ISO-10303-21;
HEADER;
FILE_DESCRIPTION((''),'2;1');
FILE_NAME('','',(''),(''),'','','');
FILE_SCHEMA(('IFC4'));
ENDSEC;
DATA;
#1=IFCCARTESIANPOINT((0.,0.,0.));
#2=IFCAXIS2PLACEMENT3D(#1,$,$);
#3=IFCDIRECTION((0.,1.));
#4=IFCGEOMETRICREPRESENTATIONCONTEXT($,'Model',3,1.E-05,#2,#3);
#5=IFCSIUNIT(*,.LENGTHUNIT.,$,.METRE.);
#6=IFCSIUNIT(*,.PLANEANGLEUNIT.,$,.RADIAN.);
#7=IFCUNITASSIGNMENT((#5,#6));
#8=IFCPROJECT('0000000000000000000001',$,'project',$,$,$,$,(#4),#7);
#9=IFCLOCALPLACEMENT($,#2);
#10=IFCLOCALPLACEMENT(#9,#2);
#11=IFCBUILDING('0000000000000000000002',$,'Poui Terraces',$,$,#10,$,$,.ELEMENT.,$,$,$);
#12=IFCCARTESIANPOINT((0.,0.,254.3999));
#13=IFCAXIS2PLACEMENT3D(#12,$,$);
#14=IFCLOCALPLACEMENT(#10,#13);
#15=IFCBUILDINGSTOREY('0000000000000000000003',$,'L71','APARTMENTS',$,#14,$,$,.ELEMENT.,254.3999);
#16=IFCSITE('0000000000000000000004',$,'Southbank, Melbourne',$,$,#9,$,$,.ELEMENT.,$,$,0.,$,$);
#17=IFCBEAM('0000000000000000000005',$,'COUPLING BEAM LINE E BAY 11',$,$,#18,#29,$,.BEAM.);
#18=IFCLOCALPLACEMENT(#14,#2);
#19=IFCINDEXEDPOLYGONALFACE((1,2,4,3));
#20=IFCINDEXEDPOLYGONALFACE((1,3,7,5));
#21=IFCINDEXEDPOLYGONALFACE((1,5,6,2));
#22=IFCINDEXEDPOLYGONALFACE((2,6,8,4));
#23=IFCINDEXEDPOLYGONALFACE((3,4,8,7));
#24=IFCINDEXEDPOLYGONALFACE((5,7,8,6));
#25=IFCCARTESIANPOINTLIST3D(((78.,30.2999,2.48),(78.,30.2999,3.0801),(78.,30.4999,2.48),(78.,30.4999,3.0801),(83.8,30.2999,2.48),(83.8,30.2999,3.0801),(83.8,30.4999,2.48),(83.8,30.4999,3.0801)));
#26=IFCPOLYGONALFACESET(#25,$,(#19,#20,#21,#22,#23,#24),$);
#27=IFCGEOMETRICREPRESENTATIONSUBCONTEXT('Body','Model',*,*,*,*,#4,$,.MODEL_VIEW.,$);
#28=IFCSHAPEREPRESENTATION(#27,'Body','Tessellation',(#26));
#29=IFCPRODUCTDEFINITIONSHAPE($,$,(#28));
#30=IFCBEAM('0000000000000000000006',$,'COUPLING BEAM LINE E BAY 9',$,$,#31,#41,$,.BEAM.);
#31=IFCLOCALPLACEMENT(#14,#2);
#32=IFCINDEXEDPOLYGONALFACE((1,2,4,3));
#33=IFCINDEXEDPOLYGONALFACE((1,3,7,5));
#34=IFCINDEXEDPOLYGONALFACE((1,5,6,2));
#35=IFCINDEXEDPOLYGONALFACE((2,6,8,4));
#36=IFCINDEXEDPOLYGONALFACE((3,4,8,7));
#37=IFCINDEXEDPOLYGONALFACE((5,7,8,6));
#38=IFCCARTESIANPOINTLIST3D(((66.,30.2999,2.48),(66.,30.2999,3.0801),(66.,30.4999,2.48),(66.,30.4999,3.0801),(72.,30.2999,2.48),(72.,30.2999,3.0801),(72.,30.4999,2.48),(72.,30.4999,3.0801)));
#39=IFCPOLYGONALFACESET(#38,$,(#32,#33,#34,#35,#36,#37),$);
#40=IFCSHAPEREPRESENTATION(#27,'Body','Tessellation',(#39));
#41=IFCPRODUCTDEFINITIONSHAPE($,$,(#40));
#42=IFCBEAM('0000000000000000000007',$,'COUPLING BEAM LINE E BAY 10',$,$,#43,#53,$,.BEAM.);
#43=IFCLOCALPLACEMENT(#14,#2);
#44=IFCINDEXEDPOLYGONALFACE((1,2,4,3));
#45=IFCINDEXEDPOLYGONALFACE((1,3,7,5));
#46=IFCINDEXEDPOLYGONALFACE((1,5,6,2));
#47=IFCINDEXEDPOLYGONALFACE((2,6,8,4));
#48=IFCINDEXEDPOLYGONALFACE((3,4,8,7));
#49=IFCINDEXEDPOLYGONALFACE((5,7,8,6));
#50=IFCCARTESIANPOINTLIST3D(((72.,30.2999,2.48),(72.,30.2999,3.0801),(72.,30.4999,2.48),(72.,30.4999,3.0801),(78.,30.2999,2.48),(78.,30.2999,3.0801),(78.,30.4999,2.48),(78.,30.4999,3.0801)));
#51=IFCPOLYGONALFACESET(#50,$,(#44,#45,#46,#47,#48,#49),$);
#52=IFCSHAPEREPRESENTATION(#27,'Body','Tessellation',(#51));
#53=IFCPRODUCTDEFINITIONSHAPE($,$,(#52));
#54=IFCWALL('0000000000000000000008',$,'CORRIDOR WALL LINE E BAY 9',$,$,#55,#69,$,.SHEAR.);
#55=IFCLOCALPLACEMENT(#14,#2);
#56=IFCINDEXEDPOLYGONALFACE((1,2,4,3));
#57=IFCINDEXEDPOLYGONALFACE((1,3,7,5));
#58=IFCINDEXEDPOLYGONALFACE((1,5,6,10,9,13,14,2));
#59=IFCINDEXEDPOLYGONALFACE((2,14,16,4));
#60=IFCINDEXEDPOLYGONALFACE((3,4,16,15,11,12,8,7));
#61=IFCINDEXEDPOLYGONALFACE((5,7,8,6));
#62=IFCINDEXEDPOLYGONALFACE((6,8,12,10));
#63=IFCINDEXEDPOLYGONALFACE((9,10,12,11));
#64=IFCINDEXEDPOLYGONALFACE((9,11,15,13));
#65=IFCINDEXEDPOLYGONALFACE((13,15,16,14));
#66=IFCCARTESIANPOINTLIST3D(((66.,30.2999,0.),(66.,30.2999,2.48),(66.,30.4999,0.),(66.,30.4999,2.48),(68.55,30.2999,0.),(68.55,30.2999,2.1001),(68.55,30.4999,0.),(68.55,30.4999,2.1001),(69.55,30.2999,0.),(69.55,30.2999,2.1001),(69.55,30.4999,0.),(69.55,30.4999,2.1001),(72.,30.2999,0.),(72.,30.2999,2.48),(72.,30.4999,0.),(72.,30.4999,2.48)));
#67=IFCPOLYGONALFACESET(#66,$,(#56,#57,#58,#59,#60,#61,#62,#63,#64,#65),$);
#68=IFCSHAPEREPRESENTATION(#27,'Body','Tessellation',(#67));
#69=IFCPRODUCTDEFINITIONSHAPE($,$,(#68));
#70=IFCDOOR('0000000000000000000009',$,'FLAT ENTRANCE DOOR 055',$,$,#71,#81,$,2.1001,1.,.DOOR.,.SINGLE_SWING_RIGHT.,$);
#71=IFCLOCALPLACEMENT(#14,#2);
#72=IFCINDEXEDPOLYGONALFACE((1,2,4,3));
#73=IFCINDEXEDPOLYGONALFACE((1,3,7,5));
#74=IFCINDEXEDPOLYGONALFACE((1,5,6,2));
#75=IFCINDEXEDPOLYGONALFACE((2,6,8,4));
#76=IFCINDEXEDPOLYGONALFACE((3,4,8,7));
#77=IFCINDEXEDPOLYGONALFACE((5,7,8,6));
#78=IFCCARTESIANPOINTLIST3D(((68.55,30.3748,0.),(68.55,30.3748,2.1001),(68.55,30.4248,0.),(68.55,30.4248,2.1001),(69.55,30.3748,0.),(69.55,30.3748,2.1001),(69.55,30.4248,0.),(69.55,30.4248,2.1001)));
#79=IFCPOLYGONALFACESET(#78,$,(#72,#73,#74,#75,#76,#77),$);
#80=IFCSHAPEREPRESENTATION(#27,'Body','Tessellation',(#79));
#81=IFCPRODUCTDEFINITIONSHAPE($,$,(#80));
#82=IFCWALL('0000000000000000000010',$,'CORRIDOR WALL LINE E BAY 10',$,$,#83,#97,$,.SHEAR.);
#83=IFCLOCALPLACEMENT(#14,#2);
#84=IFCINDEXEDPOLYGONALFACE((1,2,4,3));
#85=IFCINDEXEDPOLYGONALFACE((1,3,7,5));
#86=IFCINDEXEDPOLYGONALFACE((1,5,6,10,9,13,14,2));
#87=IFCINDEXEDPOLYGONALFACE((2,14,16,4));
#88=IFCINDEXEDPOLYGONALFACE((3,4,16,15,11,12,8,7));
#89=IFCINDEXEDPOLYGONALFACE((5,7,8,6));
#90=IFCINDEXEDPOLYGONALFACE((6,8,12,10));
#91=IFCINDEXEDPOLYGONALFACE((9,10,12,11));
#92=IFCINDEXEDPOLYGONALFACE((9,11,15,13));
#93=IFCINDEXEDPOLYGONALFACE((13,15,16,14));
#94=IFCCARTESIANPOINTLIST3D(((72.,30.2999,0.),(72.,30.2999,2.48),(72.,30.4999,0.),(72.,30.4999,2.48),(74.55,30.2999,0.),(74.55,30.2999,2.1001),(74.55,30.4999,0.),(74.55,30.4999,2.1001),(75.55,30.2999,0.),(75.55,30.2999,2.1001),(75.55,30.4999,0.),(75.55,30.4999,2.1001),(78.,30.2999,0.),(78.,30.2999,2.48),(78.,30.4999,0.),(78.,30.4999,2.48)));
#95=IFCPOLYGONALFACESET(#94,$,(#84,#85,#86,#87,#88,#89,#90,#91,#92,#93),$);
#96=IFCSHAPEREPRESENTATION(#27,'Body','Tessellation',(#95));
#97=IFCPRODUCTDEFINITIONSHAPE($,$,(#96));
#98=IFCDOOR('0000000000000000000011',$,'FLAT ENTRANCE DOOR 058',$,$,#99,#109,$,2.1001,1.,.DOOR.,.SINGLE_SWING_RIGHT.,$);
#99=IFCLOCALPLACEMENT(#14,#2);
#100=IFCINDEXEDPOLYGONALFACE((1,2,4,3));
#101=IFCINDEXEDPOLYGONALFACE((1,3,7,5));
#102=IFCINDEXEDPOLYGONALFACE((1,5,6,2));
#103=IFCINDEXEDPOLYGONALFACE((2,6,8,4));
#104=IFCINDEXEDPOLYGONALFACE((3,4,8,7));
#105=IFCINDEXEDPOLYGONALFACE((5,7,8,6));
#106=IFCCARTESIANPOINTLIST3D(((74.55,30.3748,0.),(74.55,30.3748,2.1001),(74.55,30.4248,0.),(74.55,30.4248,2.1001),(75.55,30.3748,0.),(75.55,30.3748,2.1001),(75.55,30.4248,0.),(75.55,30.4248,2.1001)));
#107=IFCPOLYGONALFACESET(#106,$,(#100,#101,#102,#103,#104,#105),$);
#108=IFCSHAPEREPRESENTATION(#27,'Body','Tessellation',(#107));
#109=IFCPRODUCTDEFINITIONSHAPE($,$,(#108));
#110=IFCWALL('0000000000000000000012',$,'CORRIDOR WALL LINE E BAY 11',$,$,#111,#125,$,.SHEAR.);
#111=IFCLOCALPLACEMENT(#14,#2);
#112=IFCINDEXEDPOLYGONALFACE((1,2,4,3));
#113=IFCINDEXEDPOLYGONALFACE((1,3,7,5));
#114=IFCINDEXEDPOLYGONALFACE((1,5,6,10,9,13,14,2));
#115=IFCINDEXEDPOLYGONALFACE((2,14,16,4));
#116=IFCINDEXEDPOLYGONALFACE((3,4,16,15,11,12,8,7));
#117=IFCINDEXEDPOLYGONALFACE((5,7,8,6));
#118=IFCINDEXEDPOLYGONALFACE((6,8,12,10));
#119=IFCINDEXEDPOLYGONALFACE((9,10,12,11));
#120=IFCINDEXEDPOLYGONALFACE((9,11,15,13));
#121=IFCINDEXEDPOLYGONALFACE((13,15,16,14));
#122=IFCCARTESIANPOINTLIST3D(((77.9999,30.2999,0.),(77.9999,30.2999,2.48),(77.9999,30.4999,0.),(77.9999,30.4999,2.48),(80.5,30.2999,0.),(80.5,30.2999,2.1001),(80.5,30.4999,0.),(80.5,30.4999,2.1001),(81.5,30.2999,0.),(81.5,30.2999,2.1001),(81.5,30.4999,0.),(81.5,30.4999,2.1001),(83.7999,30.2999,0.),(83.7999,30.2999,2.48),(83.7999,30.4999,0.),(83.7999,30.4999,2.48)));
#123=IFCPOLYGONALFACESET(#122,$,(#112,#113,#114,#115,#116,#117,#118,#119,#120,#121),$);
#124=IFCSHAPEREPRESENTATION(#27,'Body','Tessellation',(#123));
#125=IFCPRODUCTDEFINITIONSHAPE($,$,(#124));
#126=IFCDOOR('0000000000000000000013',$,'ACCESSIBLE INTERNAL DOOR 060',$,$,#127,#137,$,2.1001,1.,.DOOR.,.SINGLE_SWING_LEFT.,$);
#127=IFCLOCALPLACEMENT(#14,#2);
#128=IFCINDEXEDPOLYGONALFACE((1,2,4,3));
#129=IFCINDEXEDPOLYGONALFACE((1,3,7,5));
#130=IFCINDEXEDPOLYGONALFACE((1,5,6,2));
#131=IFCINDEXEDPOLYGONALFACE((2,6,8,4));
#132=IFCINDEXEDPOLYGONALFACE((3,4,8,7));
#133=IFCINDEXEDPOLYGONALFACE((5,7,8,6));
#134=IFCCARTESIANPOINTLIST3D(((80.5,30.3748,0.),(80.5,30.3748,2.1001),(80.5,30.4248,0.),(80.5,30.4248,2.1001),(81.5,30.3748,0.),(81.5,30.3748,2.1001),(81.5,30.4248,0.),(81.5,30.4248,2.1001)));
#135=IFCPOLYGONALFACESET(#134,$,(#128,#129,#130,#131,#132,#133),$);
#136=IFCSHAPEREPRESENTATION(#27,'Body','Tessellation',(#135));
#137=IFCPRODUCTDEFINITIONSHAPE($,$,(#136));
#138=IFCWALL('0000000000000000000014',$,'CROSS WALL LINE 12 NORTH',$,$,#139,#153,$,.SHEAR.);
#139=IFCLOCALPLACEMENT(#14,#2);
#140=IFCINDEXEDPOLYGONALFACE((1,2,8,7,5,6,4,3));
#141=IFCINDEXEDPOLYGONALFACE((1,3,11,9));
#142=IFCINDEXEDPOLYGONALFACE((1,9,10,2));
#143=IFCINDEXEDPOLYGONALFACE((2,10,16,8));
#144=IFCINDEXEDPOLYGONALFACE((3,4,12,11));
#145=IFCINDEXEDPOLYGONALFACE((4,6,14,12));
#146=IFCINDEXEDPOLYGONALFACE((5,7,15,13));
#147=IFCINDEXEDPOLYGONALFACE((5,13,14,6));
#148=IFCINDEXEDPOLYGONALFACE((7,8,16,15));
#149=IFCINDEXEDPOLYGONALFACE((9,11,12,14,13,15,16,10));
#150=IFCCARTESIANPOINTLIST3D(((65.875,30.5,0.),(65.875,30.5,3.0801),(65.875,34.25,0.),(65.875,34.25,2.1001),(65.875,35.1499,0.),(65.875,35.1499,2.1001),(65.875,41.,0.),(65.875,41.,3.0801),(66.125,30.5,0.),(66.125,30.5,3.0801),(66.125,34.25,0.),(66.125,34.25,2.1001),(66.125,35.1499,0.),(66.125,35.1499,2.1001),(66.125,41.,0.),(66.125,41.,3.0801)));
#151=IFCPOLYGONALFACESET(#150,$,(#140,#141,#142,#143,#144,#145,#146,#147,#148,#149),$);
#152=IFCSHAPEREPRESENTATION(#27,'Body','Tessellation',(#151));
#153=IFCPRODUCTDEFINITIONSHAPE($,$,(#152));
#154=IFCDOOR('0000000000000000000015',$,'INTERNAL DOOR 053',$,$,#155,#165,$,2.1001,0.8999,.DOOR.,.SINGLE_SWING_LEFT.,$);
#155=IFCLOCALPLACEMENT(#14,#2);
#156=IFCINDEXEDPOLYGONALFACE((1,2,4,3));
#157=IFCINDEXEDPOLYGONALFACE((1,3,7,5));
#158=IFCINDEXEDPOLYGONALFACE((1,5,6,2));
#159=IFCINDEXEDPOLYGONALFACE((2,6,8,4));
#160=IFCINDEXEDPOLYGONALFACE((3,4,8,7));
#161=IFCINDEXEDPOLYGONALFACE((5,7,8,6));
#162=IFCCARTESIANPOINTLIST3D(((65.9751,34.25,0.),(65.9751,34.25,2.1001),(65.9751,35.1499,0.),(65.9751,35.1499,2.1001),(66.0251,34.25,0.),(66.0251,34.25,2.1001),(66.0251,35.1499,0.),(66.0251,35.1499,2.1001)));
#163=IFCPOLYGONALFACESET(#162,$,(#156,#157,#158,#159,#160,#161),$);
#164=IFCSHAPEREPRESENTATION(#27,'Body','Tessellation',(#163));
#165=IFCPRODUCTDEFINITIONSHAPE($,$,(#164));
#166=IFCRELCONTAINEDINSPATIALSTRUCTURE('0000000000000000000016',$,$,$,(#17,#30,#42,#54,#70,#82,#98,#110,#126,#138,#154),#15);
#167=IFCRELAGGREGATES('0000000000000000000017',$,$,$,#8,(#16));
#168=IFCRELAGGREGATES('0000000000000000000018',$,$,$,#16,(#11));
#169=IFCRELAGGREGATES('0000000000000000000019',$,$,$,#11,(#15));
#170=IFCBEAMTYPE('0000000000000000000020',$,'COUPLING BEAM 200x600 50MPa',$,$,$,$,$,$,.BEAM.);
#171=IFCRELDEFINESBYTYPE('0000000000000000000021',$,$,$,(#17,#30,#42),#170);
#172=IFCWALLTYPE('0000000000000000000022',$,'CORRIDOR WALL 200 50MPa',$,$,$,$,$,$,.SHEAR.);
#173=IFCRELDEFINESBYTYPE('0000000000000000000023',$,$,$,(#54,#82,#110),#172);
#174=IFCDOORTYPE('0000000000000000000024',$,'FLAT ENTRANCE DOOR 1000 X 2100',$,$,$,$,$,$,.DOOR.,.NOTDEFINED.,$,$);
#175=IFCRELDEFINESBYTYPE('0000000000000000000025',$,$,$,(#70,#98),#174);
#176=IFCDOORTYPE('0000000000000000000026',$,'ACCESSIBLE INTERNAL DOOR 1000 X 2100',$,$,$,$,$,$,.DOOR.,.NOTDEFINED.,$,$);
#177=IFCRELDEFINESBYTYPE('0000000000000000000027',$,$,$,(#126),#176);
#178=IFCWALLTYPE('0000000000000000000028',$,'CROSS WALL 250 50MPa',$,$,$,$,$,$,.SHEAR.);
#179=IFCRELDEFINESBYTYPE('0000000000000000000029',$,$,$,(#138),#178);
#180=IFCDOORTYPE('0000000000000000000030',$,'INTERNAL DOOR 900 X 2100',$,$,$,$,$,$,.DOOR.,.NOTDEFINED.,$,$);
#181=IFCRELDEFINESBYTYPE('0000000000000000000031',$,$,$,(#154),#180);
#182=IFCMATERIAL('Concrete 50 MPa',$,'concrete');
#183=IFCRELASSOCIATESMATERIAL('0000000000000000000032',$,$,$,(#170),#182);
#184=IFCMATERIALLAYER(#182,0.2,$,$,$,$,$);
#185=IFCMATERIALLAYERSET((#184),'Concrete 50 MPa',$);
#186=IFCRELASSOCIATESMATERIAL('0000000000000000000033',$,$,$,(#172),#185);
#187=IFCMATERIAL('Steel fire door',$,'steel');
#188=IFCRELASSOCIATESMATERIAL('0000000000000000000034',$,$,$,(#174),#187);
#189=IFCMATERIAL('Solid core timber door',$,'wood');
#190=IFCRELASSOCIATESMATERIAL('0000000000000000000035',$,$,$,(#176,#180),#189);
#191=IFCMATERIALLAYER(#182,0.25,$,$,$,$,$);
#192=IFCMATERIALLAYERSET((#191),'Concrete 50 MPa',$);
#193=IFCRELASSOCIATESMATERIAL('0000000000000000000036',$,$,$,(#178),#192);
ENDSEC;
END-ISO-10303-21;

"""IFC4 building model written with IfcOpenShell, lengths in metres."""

from ifc_helpers import new_model, si_unit, direction, frame, frame_2d, origin, origin_2d, place, context, subcontext, project, spatial, rectangle, extrude, source, transform, mapped, material, layer, layer_set, material_profile, profile_set, type_object, element, fill, save


model = new_model("IFC4")

# Units and contexts
model_context = context("Model", 3, precision=1e-05, world=origin(), true_north=direction((0.0, 1.0)))
body_context = subcontext(model_context, "Body", "Model", "MODEL_VIEW")
ifc_project = project(units=[si_unit("LENGTHUNIT", "METRE"), si_unit("PLANEANGLEUNIT", "RADIAN")], contexts=[model_context])

# Site, building, storey
site_placement = place(None, origin())
site = spatial("IfcSite", under=ifc_project, at=site_placement, Name="Southbank, Melbourne", CompositionType="ELEMENT", RefElevation=0.0)
building_placement = place(site_placement, origin())
building = spatial("IfcBuilding", under=site, at=building_placement, Name="Poui Terraces", CompositionType="ELEMENT")
storey_placement = place(building_placement, frame((0.0, 0.0, 254.3999)))
storey = spatial("IfcBuildingStorey", under=building, at=storey_placement, Name="L71", Description="APARTMENTS", CompositionType="ELEMENT", Elevation=254.3999)

# Beams
ifc_material_1 = material(Name="Concrete 50 MPa", Category="concrete")
ifc_material_profile = material_profile(ifc_material_1, rectangle(XDim=0.2, YDim=0.6001, at=origin_2d()), Name="RC 200x600")
ifc_profile_set = profile_set([ifc_material_profile], Name="Concrete 50 MPa")
beam_type = type_object("IfcBeamType", Name="COUPLING BEAM 200x600 50MPa", PredefinedType="BEAM", material=ifc_profile_set)
shared_shape_1 = source(origin(), body_context, "Body", "SweptSolid", [
    extrude(rectangle(XDim=0.2, YDim=0.6001, at=origin_2d()), origin(), (0.0, 0.0, 1.0), 5.8),
])
beam_placement = place(storey_placement, frame((78.0, 30.3999, 2.78), z_axis=(1.0, 0.0, 0.0), x_axis=(0.0, 1.0, 0.0)))
element("IfcBeam", 1, at=beam_placement, inside=storey, type_object=beam_type, Name="COUPLING BEAM LINE E BAY 11", PredefinedType="BEAM", context=body_context, shape_type="MappedRepresentation", body=[
    mapped(shared_shape_1, transform((0.0, 0.0, 0.0))),
])
shared_shape_2 = source(origin(), body_context, "Body", "SweptSolid", [
    extrude(rectangle(XDim=0.2, YDim=0.6001, at=origin_2d()), origin(), (0.0, 0.0, 1.0), 6.0),
])
for number, where, z_axis, x_axis, name in (
    (2, (66.0, 30.3999, 2.78), (1.0, 0.0, 0.0), (0.0, 1.0, 0.0), "COUPLING BEAM LINE E BAY 9"),
    (3, (72.0, 30.3999, 2.78), (1.0, 0.0, 0.0), (0.0, 1.0, 0.0), "COUPLING BEAM LINE E BAY 10"),
):
    element("IfcBeam", number, at=place(storey_placement, frame(where, z_axis=z_axis, x_axis=x_axis)), inside=storey, type_object=beam_type, Name=name, PredefinedType="BEAM", context=body_context, shape_type="MappedRepresentation", body=[
        mapped(shared_shape_2, transform((0.0, 0.0, 0.0))),
    ])

# Walls, openings, doors
ifc_layer_1 = layer(ifc_material_1, 0.2)
ifc_layer_set_1 = layer_set([ifc_layer_1], Name="Concrete 50 MPa")
wall_type_1 = type_object("IfcWallType", Name="CORRIDOR WALL 200 50MPa", PredefinedType="SHEAR", material=ifc_layer_set_1)
wall_1_placement = place(storey_placement, frame((66.0, 30.3999, 0.0), z_axis=(0.0, 0.0, 1.0), x_axis=(1.0, 0.0, 0.0)))
wall_1 = element("IfcWall", 4, at=wall_1_placement, inside=storey, type_object=wall_type_1, Name="CORRIDOR WALL LINE E BAY 9", PredefinedType="SHEAR", context=body_context, shape_type="SweptSolid", body=[
    extrude(rectangle(XDim=6.0, YDim=0.2, at=frame_2d((3.0, 0.0))), origin(), (0.0, 0.0, 1.0), 2.48),
])
opening_1_placement = place(wall_1_placement, frame((2.55, 0.0, 0.0)))
opening_1 = element("IfcOpeningElement", 5, at=opening_1_placement, cuts=wall_1, PredefinedType="OPENING", context=body_context, shape_type="SweptSolid", body=[
    extrude(rectangle(XDim=1.0, YDim=2.1001, at=frame_2d((0.5, 1.05))), frame((0.0, 0.1099, 0.0), z_axis=(0.0, -1.0, 0.0), x_axis=(1.0, 0.0, 0.0)), (0.0, 0.0, 1.0), 0.22),
])
ifc_material_2 = material(Name="Steel fire door", Category="steel")
door_type_1 = type_object("IfcDoorType", Name="FLAT ENTRANCE DOOR 1000 X 2100", OperationType="NOTDEFINED", PredefinedType="DOOR", material=ifc_material_2)
door_1_placement = place(opening_1_placement, origin())
door_1 = element("IfcDoor", 6, at=door_1_placement, inside=storey, type_object=door_type_1, Name="FLAT ENTRANCE DOOR 055", OperationType="SINGLE_SWING_RIGHT", OverallHeight=2.1001, OverallWidth=1.0, PredefinedType="DOOR", context=body_context, shape_type="SweptSolid", body=[
    extrude(rectangle(XDim=1.0, YDim=2.1001, at=frame_2d((0.5, 1.05))), frame((0.0, 0.0249, 0.0), z_axis=(0.0, -1.0, 0.0), x_axis=(1.0, 0.0, 0.0)), (0.0, 0.0, 1.0), 0.05),
])
fill(opening_1, door_1)
wall_2_placement = place(storey_placement, frame((72.0, 30.3999, 0.0), z_axis=(0.0, 0.0, 1.0), x_axis=(1.0, 0.0, 0.0)))
wall_2 = element("IfcWall", 7, at=wall_2_placement, inside=storey, type_object=wall_type_1, Name="CORRIDOR WALL LINE E BAY 10", PredefinedType="SHEAR", context=body_context, shape_type="SweptSolid", body=[
    extrude(rectangle(XDim=6.0, YDim=0.2, at=frame_2d((3.0, 0.0))), origin(), (0.0, 0.0, 1.0), 2.48),
])
opening_2_placement = place(wall_2_placement, frame((2.55, 0.0, 0.0)))
opening_2 = element("IfcOpeningElement", 8, at=opening_2_placement, cuts=wall_2, PredefinedType="OPENING", context=body_context, shape_type="SweptSolid", body=[
    extrude(rectangle(XDim=1.0, YDim=2.1001, at=frame_2d((0.5, 1.05))), frame((0.0, 0.1099, 0.0), z_axis=(0.0, -1.0, 0.0), x_axis=(1.0, 0.0, 0.0)), (0.0, 0.0, 1.0), 0.22),
])
door_2_placement = place(opening_2_placement, origin())
door_2 = element("IfcDoor", 9, at=door_2_placement, inside=storey, type_object=door_type_1, Name="FLAT ENTRANCE DOOR 058", OperationType="SINGLE_SWING_RIGHT", OverallHeight=2.1001, OverallWidth=1.0, PredefinedType="DOOR", context=body_context, shape_type="SweptSolid", body=[
    extrude(rectangle(XDim=1.0, YDim=2.1001, at=frame_2d((0.5, 1.05))), frame((0.0, 0.0249, 0.0), z_axis=(0.0, -1.0, 0.0), x_axis=(1.0, 0.0, 0.0)), (0.0, 0.0, 1.0), 0.05),
])
fill(opening_2, door_2)
wall_3_placement = place(storey_placement, frame((78.0, 30.3999, 0.0), z_axis=(0.0, 0.0, 1.0), x_axis=(1.0, 0.0, 0.0)))
wall_3 = element("IfcWall", 10, at=wall_3_placement, inside=storey, type_object=wall_type_1, Name="CORRIDOR WALL LINE E BAY 11", PredefinedType="SHEAR", context=body_context, shape_type="SweptSolid", body=[
    extrude(rectangle(XDim=5.8, YDim=0.2, at=frame_2d((2.8999, 0.0))), origin(), (0.0, 0.0, 1.0), 2.48),
])
opening_3_placement = place(wall_3_placement, frame((2.5, 0.0, 0.0)))
opening_3 = element("IfcOpeningElement", 11, at=opening_3_placement, cuts=wall_3, PredefinedType="OPENING", context=body_context, shape_type="SweptSolid", body=[
    extrude(rectangle(XDim=1.0, YDim=2.1001, at=frame_2d((0.5, 1.05))), frame((0.0, 0.1099, 0.0), z_axis=(0.0, -1.0, 0.0), x_axis=(1.0, 0.0, 0.0)), (0.0, 0.0, 1.0), 0.22),
])
ifc_material_3 = material(Name="Solid core timber door", Category="wood")
door_type_2 = type_object("IfcDoorType", Name="ACCESSIBLE INTERNAL DOOR 1000 X 2100", OperationType="NOTDEFINED", PredefinedType="DOOR", material=ifc_material_3)
door_3_placement = place(opening_3_placement, origin())
door_3 = element("IfcDoor", 12, at=door_3_placement, inside=storey, type_object=door_type_2, Name="ACCESSIBLE INTERNAL DOOR 060", OperationType="SINGLE_SWING_LEFT", OverallHeight=2.1001, OverallWidth=1.0, PredefinedType="DOOR", context=body_context, shape_type="SweptSolid", body=[
    extrude(rectangle(XDim=1.0, YDim=2.1001, at=frame_2d((0.5, 1.05))), frame((0.0, 0.0249, 0.0), z_axis=(0.0, -1.0, 0.0), x_axis=(1.0, 0.0, 0.0)), (0.0, 0.0, 1.0), 0.05),
])
fill(opening_3, door_3)
ifc_layer_2 = layer(ifc_material_1, 0.25)
ifc_layer_set_2 = layer_set([ifc_layer_2], Name="Concrete 50 MPa")
wall_type_2 = type_object("IfcWallType", Name="CROSS WALL 250 50MPa", PredefinedType="SHEAR", material=ifc_layer_set_2)
wall_4_placement = place(storey_placement, frame((66.0, 30.5, 0.0), z_axis=(0.0, 0.0, 1.0), x_axis=(0.0, 1.0, 0.0)))
wall_4 = element("IfcWall", 13, at=wall_4_placement, inside=storey, type_object=wall_type_2, Name="CROSS WALL LINE 12 NORTH", PredefinedType="SHEAR", context=body_context, shape_type="SweptSolid", body=[
    extrude(rectangle(XDim=10.5, YDim=0.25, at=frame_2d((5.25, 0.0))), origin(), (0.0, 0.0, 1.0), 3.0801),
])
opening_4_placement = place(wall_4_placement, frame((3.75, 0.0, 0.0)))
opening_4 = element("IfcOpeningElement", 14, at=opening_4_placement, cuts=wall_4, PredefinedType="OPENING", context=body_context, shape_type="SweptSolid", body=[
    extrude(rectangle(XDim=0.8999, YDim=2.1001, at=frame_2d((0.45, 1.05))), frame((0.0, 0.135, 0.0), z_axis=(0.0, -1.0, 0.0), x_axis=(1.0, 0.0, 0.0)), (0.0, 0.0, 1.0), 0.27),
])
door_type_3 = type_object("IfcDoorType", Name="INTERNAL DOOR 900 X 2100", OperationType="NOTDEFINED", PredefinedType="DOOR", material=ifc_material_3)
door_4_placement = place(opening_4_placement, origin())
door_4 = element("IfcDoor", 15, at=door_4_placement, inside=storey, type_object=door_type_3, Name="INTERNAL DOOR 053", OperationType="SINGLE_SWING_LEFT", OverallHeight=2.1001, OverallWidth=0.8999, PredefinedType="DOOR", context=body_context, shape_type="SweptSolid", body=[
    extrude(rectangle(XDim=0.8999, YDim=2.1001, at=frame_2d((0.45, 1.05))), frame((0.0, 0.0249, 0.0), z_axis=(0.0, -1.0, 0.0), x_axis=(1.0, 0.0, 0.0)), (0.0, 0.0, 1.0), 0.05),
])
fill(opening_4, door_4)

save(model, "model.ifc")
